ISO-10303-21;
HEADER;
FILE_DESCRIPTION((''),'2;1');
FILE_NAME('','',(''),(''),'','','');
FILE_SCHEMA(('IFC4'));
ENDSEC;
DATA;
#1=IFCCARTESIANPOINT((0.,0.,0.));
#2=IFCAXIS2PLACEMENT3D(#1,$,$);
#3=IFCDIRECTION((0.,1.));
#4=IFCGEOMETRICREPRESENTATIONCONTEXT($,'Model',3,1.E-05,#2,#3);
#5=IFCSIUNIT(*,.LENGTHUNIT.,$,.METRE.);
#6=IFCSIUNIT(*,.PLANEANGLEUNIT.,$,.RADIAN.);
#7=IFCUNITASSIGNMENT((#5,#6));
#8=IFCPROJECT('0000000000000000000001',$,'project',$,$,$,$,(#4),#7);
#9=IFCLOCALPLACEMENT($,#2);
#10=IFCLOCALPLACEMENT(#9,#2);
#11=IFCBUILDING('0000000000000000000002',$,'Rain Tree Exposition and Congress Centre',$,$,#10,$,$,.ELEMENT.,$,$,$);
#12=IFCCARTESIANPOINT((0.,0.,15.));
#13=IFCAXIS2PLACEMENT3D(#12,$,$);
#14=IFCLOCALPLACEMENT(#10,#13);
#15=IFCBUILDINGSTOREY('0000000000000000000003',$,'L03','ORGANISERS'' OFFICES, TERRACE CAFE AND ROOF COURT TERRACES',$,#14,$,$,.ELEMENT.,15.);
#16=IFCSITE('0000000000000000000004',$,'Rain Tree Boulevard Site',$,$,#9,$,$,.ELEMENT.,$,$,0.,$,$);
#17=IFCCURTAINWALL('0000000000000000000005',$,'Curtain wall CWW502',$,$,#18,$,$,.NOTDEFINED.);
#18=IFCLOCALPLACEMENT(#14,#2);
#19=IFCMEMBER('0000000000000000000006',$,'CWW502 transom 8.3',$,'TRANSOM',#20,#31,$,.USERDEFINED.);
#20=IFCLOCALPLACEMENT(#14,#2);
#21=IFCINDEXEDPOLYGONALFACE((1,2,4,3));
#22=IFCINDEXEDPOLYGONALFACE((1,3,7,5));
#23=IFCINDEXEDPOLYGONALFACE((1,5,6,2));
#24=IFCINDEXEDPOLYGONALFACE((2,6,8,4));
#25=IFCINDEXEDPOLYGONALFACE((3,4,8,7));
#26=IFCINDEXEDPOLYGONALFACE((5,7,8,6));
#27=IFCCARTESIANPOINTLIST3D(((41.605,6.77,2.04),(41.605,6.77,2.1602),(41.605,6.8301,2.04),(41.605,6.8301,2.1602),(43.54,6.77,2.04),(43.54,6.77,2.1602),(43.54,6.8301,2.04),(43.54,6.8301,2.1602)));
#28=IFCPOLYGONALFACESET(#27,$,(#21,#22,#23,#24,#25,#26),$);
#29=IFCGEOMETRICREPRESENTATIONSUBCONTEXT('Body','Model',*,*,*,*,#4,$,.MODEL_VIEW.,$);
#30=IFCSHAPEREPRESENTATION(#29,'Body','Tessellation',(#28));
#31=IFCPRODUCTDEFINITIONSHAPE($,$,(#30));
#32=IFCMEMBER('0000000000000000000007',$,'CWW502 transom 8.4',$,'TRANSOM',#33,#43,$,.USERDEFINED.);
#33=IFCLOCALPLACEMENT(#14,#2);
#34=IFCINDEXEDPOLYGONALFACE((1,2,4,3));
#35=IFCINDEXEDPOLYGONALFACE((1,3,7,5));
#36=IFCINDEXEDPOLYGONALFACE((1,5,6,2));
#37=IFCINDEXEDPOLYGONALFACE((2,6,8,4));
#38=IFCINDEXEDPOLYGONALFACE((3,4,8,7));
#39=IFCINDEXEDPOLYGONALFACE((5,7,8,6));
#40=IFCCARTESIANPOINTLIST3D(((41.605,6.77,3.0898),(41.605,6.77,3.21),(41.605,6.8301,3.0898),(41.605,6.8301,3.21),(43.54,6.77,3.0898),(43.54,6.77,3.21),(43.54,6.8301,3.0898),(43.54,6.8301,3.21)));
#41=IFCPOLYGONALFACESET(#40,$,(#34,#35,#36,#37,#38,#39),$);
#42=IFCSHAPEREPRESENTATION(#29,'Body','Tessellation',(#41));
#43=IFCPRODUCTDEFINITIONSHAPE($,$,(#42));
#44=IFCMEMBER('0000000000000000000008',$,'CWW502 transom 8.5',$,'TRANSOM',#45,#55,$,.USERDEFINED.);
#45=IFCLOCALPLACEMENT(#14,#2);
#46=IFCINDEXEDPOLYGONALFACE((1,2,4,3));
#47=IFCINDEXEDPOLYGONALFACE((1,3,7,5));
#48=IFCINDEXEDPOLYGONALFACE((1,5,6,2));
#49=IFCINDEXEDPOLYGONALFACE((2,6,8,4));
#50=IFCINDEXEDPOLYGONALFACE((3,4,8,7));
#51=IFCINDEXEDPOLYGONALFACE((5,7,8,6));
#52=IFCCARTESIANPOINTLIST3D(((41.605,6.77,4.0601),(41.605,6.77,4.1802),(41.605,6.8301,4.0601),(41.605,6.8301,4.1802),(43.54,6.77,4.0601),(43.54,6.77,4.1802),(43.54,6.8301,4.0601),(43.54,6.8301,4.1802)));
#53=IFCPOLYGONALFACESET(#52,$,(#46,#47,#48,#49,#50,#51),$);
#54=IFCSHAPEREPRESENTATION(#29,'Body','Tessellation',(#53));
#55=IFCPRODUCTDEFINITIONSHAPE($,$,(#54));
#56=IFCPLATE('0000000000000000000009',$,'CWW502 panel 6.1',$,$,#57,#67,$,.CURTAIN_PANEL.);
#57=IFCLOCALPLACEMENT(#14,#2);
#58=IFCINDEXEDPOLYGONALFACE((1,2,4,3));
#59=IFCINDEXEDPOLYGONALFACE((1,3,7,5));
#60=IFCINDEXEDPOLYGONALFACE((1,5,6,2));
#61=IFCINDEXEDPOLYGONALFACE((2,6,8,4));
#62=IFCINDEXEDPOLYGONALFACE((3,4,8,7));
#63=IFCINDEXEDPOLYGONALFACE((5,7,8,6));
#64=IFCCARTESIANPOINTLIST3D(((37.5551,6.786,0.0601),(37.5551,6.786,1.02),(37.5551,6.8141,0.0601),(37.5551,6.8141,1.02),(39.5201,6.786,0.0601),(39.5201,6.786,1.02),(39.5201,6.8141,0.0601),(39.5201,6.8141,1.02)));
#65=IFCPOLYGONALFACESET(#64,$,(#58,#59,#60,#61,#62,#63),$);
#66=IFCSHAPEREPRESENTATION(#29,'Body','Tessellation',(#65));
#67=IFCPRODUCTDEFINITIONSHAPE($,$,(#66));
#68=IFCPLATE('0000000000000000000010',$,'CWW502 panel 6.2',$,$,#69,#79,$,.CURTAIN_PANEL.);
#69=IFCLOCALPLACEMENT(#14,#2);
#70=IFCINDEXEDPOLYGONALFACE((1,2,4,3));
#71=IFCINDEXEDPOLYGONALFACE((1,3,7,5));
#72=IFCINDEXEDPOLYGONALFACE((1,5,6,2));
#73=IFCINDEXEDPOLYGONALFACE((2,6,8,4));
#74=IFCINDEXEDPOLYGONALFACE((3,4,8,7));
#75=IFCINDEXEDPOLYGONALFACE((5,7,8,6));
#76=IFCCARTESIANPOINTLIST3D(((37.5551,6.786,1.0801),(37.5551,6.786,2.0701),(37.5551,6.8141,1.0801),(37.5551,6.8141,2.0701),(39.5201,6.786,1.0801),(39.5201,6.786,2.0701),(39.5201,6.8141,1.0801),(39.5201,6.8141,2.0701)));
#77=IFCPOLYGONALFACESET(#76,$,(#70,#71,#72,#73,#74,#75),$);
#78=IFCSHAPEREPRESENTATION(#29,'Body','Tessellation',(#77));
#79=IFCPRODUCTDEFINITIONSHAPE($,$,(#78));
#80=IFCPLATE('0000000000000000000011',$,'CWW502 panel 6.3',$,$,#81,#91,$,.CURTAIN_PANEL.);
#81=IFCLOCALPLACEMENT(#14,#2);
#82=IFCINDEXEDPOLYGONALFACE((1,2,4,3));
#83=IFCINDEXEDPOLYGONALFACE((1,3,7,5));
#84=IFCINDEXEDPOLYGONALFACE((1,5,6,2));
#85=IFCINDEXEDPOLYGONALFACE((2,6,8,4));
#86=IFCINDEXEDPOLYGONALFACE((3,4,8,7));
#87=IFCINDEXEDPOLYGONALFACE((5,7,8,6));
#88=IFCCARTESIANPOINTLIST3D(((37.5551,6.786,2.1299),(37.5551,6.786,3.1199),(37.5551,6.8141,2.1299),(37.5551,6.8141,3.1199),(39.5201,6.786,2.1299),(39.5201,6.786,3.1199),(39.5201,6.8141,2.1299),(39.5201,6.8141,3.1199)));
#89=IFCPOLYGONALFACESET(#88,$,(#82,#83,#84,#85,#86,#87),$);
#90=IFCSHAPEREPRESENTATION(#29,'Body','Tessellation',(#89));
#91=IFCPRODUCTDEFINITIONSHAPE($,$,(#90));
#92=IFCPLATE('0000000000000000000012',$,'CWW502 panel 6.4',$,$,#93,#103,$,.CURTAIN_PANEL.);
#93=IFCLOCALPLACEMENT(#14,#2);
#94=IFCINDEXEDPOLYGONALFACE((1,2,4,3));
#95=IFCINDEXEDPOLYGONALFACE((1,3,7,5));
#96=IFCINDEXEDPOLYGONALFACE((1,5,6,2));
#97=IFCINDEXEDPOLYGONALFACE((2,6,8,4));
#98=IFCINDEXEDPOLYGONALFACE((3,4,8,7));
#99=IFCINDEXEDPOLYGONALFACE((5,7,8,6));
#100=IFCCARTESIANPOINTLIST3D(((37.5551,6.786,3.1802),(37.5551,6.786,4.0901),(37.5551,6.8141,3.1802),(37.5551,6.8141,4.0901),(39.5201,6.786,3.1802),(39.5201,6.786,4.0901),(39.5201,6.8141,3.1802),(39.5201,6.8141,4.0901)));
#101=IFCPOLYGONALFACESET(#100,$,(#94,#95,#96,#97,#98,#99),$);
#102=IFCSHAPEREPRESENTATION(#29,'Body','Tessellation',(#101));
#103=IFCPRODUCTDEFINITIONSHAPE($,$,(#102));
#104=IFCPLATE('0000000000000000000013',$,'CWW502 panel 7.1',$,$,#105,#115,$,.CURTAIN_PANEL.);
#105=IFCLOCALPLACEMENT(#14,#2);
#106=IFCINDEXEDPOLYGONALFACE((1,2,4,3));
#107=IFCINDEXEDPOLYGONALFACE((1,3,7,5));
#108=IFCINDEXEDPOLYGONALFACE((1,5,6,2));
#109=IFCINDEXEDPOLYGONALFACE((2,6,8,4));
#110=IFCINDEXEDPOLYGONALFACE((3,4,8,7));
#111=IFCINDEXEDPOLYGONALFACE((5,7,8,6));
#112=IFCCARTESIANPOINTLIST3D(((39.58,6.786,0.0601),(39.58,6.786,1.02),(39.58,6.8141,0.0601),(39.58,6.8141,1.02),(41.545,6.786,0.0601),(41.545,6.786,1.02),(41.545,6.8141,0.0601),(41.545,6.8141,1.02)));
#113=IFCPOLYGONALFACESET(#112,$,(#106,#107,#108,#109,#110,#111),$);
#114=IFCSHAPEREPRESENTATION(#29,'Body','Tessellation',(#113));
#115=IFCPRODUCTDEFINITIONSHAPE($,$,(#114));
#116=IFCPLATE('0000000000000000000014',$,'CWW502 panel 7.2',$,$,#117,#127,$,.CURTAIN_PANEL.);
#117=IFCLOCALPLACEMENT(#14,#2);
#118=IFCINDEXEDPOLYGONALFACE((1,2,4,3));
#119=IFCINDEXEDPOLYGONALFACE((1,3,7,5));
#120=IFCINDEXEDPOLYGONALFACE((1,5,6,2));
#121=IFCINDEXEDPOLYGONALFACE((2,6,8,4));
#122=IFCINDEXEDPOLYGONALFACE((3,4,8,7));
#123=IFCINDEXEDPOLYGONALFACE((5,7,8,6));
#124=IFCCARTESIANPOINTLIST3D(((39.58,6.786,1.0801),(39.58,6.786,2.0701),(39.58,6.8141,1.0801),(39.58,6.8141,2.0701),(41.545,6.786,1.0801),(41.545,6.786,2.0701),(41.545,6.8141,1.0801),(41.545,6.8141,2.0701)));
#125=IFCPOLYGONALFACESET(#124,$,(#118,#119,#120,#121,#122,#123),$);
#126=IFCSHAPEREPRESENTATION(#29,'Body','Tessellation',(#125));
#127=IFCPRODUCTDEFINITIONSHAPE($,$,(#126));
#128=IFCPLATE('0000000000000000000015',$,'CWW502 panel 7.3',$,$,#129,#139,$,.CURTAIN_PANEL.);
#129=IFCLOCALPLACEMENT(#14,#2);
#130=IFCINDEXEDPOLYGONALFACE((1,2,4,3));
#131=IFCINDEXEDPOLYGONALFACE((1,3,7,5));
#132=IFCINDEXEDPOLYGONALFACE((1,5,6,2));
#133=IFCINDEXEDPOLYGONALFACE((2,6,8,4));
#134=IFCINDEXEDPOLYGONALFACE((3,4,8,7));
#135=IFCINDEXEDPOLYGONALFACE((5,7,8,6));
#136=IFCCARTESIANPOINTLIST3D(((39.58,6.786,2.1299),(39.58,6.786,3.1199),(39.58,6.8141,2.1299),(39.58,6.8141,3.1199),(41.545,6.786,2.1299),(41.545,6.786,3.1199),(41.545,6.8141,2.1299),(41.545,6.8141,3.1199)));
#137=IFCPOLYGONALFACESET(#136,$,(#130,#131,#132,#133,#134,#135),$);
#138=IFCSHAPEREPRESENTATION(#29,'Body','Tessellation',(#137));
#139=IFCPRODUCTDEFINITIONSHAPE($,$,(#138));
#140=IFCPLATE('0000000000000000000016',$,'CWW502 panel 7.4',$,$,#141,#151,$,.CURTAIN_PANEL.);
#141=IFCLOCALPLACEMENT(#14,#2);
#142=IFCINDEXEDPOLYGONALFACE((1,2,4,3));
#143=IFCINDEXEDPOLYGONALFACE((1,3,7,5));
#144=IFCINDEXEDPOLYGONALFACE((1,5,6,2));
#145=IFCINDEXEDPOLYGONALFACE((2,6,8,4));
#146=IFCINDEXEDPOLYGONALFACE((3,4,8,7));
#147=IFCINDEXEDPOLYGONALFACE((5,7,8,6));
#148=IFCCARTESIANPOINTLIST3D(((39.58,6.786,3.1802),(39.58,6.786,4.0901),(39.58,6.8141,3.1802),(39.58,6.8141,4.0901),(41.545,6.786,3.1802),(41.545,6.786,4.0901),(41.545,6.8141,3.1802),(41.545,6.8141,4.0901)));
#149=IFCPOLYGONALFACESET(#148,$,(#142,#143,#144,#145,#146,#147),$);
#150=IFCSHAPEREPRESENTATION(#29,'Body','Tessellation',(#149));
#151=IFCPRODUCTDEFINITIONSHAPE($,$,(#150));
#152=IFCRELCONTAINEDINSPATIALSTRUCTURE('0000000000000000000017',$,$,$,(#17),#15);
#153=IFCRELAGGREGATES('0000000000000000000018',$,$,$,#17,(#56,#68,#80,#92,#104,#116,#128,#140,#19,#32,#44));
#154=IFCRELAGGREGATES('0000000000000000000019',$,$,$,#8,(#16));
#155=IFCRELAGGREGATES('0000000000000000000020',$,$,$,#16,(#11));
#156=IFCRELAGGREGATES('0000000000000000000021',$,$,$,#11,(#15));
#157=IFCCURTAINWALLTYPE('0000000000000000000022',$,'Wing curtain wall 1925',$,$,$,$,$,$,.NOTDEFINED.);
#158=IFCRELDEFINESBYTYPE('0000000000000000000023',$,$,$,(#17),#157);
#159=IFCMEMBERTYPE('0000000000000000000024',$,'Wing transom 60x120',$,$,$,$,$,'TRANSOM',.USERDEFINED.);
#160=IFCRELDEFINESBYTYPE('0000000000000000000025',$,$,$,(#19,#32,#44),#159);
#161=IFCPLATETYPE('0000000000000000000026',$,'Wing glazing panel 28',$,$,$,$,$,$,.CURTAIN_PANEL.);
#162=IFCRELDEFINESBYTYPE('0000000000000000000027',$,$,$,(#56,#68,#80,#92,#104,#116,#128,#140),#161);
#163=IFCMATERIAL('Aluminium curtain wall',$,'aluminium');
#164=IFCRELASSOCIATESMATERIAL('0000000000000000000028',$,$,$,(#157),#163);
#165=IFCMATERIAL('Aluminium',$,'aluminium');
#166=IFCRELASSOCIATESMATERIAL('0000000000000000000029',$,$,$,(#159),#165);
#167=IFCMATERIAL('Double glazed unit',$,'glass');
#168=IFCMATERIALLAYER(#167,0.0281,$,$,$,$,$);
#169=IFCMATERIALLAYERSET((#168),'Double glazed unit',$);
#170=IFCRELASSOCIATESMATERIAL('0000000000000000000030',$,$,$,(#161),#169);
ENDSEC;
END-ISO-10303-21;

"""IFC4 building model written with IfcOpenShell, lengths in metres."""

from ifc_helpers import new_model, si_unit, direction, frame, origin, origin_2d, place, context, subcontext, project, spatial, rectangle, extrude, material, layer, layer_set, material_profile, profile_set, type_object, element, aggregate, save


model = new_model("IFC4")

# Units and contexts
model_context = context("Model", 3, precision=1e-05, world=origin(), true_north=direction((0.0, 1.0)))
body_context = subcontext(model_context, "Body", "Model", "MODEL_VIEW")
ifc_project = project(units=[si_unit("LENGTHUNIT", "METRE"), si_unit("PLANEANGLEUNIT", "RADIAN")], contexts=[model_context])

# Site, building, storey
site_placement = place(None, origin())
site = spatial("IfcSite", under=ifc_project, at=site_placement, Name="Rain Tree Boulevard Site", CompositionType="ELEMENT", RefElevation=0.0)
building_placement = place(site_placement, origin())
building = spatial("IfcBuilding", under=site, at=building_placement, Name="Rain Tree Exposition and Congress Centre", CompositionType="ELEMENT")
storey_placement = place(building_placement, frame((0.0, 0.0, 15.0)))
storey = spatial("IfcBuildingStorey", under=building, at=storey_placement, Name="L03", Description="ORGANISERS' OFFICES, TERRACE CAFE AND ROOF COURT TERRACES", CompositionType="ELEMENT", Elevation=15.0)

# Curtain wall, members, plates
ifc_material_1 = material(Name="Aluminium curtain wall", Category="aluminium")
curtain_wall_type = type_object("IfcCurtainWallType", Name="Wing curtain wall 1925", PredefinedType="NOTDEFINED", material=ifc_material_1)
curtain_wall_placement = place(storey_placement, origin())
curtain_wall = element("IfcCurtainWall", 1, at=curtain_wall_placement, inside=storey, type_object=curtain_wall_type, Name="Curtain wall CWW502", PredefinedType="NOTDEFINED")
ifc_material_2 = material(Name="Aluminium", Category="aluminium")
ifc_material_profile_1 = material_profile(ifc_material_2, rectangle(XDim=0.0601, YDim=0.1201, at=origin_2d()), Name="Aluminium 60x120")
ifc_profile_set_1 = profile_set([ifc_material_profile_1], Name="Aluminium")
member_type_1 = type_object("IfcMemberType", Name="Wing transom 60x120", ElementType="TRANSOM", PredefinedType="USERDEFINED", material=ifc_profile_set_1)
member_1_placement = place(storey_placement, frame((41.605, 6.8, 2.1001), z_axis=(1.0, 0.0, 0.0), x_axis=(0.0, 1.0, 0.0)))
member_1 = element("IfcMember", 2, at=member_1_placement, type_object=member_type_1, Name="CWW502 transom 8.3", ObjectType="TRANSOM", PredefinedType="USERDEFINED", context=body_context, shape_type="SweptSolid", body=[
    extrude(rectangle(XDim=0.0601, YDim=0.1201, at=origin_2d()), origin(), (0.0, 0.0, 1.0), 1.9351),
])
member_2_placement = place(storey_placement, frame((41.605, 6.8, 3.1499), z_axis=(1.0, 0.0, 0.0), x_axis=(0.0, 1.0, 0.0)))
member_2 = element("IfcMember", 3, at=member_2_placement, type_object=member_type_1, Name="CWW502 transom 8.4", ObjectType="TRANSOM", PredefinedType="USERDEFINED", context=body_context, shape_type="SweptSolid", body=[
    extrude(rectangle(XDim=0.0601, YDim=0.1201, at=origin_2d()), origin(), (0.0, 0.0, 1.0), 1.9351),
])
member_3_placement = place(storey_placement, frame((41.605, 6.8, 4.1201), z_axis=(1.0, 0.0, 0.0), x_axis=(0.0, 1.0, 0.0)))
member_3 = element("IfcMember", 4, at=member_3_placement, type_object=member_type_1, Name="CWW502 transom 8.5", ObjectType="TRANSOM", PredefinedType="USERDEFINED", context=body_context, shape_type="SweptSolid", body=[
    extrude(rectangle(XDim=0.0601, YDim=0.1201, at=origin_2d()), origin(), (0.0, 0.0, 1.0), 1.9351),
])
ifc_material_3 = material(Name="Double glazed unit", Category="glass")
ifc_layer = layer(ifc_material_3, 0.0281)
ifc_layer_set = layer_set([ifc_layer], Name="Double glazed unit")
plate_type = type_object("IfcPlateType", Name="Wing glazing panel 28", PredefinedType="CURTAIN_PANEL", material=ifc_layer_set)
plate_1_placement = place(storey_placement, frame((38.5376, 6.8, 0.0601), z_axis=(0.0, 0.0, 1.0), x_axis=(1.0, 0.0, 0.0)))
plate_1 = element("IfcPlate", 5, at=plate_1_placement, type_object=plate_type, Name="CWW502 panel 6.1", PredefinedType="CURTAIN_PANEL", context=body_context, shape_type="SweptSolid", body=[
    extrude(rectangle(XDim=1.9651, YDim=0.0281, at=origin_2d()), origin(), (0.0, 0.0, 1.0), 0.96),
])
plate_2_placement = place(storey_placement, frame((38.5376, 6.8, 1.0801), z_axis=(0.0, 0.0, 1.0), x_axis=(1.0, 0.0, 0.0)))
plate_2 = element("IfcPlate", 6, at=plate_2_placement, type_object=plate_type, Name="CWW502 panel 6.2", PredefinedType="CURTAIN_PANEL", context=body_context, shape_type="SweptSolid", body=[
    extrude(rectangle(XDim=1.9651, YDim=0.0281, at=origin_2d()), origin(), (0.0, 0.0, 1.0), 0.99),
])
plate_3_placement = place(storey_placement, frame((38.5376, 6.8, 2.1299), z_axis=(0.0, 0.0, 1.0), x_axis=(1.0, 0.0, 0.0)))
plate_3 = element("IfcPlate", 7, at=plate_3_placement, type_object=plate_type, Name="CWW502 panel 6.3", PredefinedType="CURTAIN_PANEL", context=body_context, shape_type="SweptSolid", body=[
    extrude(rectangle(XDim=1.9651, YDim=0.0281, at=origin_2d()), origin(), (0.0, 0.0, 1.0), 0.99),
])
plate_4_placement = place(storey_placement, frame((38.5376, 6.8, 3.1802), z_axis=(0.0, 0.0, 1.0), x_axis=(1.0, 0.0, 0.0)))
plate_4 = element("IfcPlate", 8, at=plate_4_placement, type_object=plate_type, Name="CWW502 panel 6.4", PredefinedType="CURTAIN_PANEL", context=body_context, shape_type="SweptSolid", body=[
    extrude(rectangle(XDim=1.9651, YDim=0.0281, at=origin_2d()), origin(), (0.0, 0.0, 1.0), 0.9099),
])
plate_5_placement = place(storey_placement, frame((40.5625, 6.8, 0.0601), z_axis=(0.0, 0.0, 1.0), x_axis=(1.0, 0.0, 0.0)))
plate_5 = element("IfcPlate", 9, at=plate_5_placement, type_object=plate_type, Name="CWW502 panel 7.1", PredefinedType="CURTAIN_PANEL", context=body_context, shape_type="SweptSolid", body=[
    extrude(rectangle(XDim=1.9651, YDim=0.0281, at=origin_2d()), origin(), (0.0, 0.0, 1.0), 0.96),
])
plate_6_placement = place(storey_placement, frame((40.5625, 6.8, 1.0801), z_axis=(0.0, 0.0, 1.0), x_axis=(1.0, 0.0, 0.0)))
plate_6 = element("IfcPlate", 10, at=plate_6_placement, type_object=plate_type, Name="CWW502 panel 7.2", PredefinedType="CURTAIN_PANEL", context=body_context, shape_type="SweptSolid", body=[
    extrude(rectangle(XDim=1.9651, YDim=0.0281, at=origin_2d()), origin(), (0.0, 0.0, 1.0), 0.99),
])
plate_7_placement = place(storey_placement, frame((40.5625, 6.8, 2.1299), z_axis=(0.0, 0.0, 1.0), x_axis=(1.0, 0.0, 0.0)))
plate_7 = element("IfcPlate", 11, at=plate_7_placement, type_object=plate_type, Name="CWW502 panel 7.3", PredefinedType="CURTAIN_PANEL", context=body_context, shape_type="SweptSolid", body=[
    extrude(rectangle(XDim=1.9651, YDim=0.0281, at=origin_2d()), origin(), (0.0, 0.0, 1.0), 0.99),
])
plate_8_placement = place(storey_placement, frame((40.5625, 6.8, 3.1802), z_axis=(0.0, 0.0, 1.0), x_axis=(1.0, 0.0, 0.0)))
plate_8 = element("IfcPlate", 12, at=plate_8_placement, type_object=plate_type, Name="CWW502 panel 7.4", PredefinedType="CURTAIN_PANEL", context=body_context, shape_type="SweptSolid", body=[
    extrude(rectangle(XDim=1.9651, YDim=0.0281, at=origin_2d()), origin(), (0.0, 0.0, 1.0), 0.9099),
])
aggregate(curtain_wall, [plate_1, plate_2, plate_3, plate_4, plate_5, plate_6, plate_7, plate_8, member_1, member_2, member_3])

save(model, "model.ifc")
